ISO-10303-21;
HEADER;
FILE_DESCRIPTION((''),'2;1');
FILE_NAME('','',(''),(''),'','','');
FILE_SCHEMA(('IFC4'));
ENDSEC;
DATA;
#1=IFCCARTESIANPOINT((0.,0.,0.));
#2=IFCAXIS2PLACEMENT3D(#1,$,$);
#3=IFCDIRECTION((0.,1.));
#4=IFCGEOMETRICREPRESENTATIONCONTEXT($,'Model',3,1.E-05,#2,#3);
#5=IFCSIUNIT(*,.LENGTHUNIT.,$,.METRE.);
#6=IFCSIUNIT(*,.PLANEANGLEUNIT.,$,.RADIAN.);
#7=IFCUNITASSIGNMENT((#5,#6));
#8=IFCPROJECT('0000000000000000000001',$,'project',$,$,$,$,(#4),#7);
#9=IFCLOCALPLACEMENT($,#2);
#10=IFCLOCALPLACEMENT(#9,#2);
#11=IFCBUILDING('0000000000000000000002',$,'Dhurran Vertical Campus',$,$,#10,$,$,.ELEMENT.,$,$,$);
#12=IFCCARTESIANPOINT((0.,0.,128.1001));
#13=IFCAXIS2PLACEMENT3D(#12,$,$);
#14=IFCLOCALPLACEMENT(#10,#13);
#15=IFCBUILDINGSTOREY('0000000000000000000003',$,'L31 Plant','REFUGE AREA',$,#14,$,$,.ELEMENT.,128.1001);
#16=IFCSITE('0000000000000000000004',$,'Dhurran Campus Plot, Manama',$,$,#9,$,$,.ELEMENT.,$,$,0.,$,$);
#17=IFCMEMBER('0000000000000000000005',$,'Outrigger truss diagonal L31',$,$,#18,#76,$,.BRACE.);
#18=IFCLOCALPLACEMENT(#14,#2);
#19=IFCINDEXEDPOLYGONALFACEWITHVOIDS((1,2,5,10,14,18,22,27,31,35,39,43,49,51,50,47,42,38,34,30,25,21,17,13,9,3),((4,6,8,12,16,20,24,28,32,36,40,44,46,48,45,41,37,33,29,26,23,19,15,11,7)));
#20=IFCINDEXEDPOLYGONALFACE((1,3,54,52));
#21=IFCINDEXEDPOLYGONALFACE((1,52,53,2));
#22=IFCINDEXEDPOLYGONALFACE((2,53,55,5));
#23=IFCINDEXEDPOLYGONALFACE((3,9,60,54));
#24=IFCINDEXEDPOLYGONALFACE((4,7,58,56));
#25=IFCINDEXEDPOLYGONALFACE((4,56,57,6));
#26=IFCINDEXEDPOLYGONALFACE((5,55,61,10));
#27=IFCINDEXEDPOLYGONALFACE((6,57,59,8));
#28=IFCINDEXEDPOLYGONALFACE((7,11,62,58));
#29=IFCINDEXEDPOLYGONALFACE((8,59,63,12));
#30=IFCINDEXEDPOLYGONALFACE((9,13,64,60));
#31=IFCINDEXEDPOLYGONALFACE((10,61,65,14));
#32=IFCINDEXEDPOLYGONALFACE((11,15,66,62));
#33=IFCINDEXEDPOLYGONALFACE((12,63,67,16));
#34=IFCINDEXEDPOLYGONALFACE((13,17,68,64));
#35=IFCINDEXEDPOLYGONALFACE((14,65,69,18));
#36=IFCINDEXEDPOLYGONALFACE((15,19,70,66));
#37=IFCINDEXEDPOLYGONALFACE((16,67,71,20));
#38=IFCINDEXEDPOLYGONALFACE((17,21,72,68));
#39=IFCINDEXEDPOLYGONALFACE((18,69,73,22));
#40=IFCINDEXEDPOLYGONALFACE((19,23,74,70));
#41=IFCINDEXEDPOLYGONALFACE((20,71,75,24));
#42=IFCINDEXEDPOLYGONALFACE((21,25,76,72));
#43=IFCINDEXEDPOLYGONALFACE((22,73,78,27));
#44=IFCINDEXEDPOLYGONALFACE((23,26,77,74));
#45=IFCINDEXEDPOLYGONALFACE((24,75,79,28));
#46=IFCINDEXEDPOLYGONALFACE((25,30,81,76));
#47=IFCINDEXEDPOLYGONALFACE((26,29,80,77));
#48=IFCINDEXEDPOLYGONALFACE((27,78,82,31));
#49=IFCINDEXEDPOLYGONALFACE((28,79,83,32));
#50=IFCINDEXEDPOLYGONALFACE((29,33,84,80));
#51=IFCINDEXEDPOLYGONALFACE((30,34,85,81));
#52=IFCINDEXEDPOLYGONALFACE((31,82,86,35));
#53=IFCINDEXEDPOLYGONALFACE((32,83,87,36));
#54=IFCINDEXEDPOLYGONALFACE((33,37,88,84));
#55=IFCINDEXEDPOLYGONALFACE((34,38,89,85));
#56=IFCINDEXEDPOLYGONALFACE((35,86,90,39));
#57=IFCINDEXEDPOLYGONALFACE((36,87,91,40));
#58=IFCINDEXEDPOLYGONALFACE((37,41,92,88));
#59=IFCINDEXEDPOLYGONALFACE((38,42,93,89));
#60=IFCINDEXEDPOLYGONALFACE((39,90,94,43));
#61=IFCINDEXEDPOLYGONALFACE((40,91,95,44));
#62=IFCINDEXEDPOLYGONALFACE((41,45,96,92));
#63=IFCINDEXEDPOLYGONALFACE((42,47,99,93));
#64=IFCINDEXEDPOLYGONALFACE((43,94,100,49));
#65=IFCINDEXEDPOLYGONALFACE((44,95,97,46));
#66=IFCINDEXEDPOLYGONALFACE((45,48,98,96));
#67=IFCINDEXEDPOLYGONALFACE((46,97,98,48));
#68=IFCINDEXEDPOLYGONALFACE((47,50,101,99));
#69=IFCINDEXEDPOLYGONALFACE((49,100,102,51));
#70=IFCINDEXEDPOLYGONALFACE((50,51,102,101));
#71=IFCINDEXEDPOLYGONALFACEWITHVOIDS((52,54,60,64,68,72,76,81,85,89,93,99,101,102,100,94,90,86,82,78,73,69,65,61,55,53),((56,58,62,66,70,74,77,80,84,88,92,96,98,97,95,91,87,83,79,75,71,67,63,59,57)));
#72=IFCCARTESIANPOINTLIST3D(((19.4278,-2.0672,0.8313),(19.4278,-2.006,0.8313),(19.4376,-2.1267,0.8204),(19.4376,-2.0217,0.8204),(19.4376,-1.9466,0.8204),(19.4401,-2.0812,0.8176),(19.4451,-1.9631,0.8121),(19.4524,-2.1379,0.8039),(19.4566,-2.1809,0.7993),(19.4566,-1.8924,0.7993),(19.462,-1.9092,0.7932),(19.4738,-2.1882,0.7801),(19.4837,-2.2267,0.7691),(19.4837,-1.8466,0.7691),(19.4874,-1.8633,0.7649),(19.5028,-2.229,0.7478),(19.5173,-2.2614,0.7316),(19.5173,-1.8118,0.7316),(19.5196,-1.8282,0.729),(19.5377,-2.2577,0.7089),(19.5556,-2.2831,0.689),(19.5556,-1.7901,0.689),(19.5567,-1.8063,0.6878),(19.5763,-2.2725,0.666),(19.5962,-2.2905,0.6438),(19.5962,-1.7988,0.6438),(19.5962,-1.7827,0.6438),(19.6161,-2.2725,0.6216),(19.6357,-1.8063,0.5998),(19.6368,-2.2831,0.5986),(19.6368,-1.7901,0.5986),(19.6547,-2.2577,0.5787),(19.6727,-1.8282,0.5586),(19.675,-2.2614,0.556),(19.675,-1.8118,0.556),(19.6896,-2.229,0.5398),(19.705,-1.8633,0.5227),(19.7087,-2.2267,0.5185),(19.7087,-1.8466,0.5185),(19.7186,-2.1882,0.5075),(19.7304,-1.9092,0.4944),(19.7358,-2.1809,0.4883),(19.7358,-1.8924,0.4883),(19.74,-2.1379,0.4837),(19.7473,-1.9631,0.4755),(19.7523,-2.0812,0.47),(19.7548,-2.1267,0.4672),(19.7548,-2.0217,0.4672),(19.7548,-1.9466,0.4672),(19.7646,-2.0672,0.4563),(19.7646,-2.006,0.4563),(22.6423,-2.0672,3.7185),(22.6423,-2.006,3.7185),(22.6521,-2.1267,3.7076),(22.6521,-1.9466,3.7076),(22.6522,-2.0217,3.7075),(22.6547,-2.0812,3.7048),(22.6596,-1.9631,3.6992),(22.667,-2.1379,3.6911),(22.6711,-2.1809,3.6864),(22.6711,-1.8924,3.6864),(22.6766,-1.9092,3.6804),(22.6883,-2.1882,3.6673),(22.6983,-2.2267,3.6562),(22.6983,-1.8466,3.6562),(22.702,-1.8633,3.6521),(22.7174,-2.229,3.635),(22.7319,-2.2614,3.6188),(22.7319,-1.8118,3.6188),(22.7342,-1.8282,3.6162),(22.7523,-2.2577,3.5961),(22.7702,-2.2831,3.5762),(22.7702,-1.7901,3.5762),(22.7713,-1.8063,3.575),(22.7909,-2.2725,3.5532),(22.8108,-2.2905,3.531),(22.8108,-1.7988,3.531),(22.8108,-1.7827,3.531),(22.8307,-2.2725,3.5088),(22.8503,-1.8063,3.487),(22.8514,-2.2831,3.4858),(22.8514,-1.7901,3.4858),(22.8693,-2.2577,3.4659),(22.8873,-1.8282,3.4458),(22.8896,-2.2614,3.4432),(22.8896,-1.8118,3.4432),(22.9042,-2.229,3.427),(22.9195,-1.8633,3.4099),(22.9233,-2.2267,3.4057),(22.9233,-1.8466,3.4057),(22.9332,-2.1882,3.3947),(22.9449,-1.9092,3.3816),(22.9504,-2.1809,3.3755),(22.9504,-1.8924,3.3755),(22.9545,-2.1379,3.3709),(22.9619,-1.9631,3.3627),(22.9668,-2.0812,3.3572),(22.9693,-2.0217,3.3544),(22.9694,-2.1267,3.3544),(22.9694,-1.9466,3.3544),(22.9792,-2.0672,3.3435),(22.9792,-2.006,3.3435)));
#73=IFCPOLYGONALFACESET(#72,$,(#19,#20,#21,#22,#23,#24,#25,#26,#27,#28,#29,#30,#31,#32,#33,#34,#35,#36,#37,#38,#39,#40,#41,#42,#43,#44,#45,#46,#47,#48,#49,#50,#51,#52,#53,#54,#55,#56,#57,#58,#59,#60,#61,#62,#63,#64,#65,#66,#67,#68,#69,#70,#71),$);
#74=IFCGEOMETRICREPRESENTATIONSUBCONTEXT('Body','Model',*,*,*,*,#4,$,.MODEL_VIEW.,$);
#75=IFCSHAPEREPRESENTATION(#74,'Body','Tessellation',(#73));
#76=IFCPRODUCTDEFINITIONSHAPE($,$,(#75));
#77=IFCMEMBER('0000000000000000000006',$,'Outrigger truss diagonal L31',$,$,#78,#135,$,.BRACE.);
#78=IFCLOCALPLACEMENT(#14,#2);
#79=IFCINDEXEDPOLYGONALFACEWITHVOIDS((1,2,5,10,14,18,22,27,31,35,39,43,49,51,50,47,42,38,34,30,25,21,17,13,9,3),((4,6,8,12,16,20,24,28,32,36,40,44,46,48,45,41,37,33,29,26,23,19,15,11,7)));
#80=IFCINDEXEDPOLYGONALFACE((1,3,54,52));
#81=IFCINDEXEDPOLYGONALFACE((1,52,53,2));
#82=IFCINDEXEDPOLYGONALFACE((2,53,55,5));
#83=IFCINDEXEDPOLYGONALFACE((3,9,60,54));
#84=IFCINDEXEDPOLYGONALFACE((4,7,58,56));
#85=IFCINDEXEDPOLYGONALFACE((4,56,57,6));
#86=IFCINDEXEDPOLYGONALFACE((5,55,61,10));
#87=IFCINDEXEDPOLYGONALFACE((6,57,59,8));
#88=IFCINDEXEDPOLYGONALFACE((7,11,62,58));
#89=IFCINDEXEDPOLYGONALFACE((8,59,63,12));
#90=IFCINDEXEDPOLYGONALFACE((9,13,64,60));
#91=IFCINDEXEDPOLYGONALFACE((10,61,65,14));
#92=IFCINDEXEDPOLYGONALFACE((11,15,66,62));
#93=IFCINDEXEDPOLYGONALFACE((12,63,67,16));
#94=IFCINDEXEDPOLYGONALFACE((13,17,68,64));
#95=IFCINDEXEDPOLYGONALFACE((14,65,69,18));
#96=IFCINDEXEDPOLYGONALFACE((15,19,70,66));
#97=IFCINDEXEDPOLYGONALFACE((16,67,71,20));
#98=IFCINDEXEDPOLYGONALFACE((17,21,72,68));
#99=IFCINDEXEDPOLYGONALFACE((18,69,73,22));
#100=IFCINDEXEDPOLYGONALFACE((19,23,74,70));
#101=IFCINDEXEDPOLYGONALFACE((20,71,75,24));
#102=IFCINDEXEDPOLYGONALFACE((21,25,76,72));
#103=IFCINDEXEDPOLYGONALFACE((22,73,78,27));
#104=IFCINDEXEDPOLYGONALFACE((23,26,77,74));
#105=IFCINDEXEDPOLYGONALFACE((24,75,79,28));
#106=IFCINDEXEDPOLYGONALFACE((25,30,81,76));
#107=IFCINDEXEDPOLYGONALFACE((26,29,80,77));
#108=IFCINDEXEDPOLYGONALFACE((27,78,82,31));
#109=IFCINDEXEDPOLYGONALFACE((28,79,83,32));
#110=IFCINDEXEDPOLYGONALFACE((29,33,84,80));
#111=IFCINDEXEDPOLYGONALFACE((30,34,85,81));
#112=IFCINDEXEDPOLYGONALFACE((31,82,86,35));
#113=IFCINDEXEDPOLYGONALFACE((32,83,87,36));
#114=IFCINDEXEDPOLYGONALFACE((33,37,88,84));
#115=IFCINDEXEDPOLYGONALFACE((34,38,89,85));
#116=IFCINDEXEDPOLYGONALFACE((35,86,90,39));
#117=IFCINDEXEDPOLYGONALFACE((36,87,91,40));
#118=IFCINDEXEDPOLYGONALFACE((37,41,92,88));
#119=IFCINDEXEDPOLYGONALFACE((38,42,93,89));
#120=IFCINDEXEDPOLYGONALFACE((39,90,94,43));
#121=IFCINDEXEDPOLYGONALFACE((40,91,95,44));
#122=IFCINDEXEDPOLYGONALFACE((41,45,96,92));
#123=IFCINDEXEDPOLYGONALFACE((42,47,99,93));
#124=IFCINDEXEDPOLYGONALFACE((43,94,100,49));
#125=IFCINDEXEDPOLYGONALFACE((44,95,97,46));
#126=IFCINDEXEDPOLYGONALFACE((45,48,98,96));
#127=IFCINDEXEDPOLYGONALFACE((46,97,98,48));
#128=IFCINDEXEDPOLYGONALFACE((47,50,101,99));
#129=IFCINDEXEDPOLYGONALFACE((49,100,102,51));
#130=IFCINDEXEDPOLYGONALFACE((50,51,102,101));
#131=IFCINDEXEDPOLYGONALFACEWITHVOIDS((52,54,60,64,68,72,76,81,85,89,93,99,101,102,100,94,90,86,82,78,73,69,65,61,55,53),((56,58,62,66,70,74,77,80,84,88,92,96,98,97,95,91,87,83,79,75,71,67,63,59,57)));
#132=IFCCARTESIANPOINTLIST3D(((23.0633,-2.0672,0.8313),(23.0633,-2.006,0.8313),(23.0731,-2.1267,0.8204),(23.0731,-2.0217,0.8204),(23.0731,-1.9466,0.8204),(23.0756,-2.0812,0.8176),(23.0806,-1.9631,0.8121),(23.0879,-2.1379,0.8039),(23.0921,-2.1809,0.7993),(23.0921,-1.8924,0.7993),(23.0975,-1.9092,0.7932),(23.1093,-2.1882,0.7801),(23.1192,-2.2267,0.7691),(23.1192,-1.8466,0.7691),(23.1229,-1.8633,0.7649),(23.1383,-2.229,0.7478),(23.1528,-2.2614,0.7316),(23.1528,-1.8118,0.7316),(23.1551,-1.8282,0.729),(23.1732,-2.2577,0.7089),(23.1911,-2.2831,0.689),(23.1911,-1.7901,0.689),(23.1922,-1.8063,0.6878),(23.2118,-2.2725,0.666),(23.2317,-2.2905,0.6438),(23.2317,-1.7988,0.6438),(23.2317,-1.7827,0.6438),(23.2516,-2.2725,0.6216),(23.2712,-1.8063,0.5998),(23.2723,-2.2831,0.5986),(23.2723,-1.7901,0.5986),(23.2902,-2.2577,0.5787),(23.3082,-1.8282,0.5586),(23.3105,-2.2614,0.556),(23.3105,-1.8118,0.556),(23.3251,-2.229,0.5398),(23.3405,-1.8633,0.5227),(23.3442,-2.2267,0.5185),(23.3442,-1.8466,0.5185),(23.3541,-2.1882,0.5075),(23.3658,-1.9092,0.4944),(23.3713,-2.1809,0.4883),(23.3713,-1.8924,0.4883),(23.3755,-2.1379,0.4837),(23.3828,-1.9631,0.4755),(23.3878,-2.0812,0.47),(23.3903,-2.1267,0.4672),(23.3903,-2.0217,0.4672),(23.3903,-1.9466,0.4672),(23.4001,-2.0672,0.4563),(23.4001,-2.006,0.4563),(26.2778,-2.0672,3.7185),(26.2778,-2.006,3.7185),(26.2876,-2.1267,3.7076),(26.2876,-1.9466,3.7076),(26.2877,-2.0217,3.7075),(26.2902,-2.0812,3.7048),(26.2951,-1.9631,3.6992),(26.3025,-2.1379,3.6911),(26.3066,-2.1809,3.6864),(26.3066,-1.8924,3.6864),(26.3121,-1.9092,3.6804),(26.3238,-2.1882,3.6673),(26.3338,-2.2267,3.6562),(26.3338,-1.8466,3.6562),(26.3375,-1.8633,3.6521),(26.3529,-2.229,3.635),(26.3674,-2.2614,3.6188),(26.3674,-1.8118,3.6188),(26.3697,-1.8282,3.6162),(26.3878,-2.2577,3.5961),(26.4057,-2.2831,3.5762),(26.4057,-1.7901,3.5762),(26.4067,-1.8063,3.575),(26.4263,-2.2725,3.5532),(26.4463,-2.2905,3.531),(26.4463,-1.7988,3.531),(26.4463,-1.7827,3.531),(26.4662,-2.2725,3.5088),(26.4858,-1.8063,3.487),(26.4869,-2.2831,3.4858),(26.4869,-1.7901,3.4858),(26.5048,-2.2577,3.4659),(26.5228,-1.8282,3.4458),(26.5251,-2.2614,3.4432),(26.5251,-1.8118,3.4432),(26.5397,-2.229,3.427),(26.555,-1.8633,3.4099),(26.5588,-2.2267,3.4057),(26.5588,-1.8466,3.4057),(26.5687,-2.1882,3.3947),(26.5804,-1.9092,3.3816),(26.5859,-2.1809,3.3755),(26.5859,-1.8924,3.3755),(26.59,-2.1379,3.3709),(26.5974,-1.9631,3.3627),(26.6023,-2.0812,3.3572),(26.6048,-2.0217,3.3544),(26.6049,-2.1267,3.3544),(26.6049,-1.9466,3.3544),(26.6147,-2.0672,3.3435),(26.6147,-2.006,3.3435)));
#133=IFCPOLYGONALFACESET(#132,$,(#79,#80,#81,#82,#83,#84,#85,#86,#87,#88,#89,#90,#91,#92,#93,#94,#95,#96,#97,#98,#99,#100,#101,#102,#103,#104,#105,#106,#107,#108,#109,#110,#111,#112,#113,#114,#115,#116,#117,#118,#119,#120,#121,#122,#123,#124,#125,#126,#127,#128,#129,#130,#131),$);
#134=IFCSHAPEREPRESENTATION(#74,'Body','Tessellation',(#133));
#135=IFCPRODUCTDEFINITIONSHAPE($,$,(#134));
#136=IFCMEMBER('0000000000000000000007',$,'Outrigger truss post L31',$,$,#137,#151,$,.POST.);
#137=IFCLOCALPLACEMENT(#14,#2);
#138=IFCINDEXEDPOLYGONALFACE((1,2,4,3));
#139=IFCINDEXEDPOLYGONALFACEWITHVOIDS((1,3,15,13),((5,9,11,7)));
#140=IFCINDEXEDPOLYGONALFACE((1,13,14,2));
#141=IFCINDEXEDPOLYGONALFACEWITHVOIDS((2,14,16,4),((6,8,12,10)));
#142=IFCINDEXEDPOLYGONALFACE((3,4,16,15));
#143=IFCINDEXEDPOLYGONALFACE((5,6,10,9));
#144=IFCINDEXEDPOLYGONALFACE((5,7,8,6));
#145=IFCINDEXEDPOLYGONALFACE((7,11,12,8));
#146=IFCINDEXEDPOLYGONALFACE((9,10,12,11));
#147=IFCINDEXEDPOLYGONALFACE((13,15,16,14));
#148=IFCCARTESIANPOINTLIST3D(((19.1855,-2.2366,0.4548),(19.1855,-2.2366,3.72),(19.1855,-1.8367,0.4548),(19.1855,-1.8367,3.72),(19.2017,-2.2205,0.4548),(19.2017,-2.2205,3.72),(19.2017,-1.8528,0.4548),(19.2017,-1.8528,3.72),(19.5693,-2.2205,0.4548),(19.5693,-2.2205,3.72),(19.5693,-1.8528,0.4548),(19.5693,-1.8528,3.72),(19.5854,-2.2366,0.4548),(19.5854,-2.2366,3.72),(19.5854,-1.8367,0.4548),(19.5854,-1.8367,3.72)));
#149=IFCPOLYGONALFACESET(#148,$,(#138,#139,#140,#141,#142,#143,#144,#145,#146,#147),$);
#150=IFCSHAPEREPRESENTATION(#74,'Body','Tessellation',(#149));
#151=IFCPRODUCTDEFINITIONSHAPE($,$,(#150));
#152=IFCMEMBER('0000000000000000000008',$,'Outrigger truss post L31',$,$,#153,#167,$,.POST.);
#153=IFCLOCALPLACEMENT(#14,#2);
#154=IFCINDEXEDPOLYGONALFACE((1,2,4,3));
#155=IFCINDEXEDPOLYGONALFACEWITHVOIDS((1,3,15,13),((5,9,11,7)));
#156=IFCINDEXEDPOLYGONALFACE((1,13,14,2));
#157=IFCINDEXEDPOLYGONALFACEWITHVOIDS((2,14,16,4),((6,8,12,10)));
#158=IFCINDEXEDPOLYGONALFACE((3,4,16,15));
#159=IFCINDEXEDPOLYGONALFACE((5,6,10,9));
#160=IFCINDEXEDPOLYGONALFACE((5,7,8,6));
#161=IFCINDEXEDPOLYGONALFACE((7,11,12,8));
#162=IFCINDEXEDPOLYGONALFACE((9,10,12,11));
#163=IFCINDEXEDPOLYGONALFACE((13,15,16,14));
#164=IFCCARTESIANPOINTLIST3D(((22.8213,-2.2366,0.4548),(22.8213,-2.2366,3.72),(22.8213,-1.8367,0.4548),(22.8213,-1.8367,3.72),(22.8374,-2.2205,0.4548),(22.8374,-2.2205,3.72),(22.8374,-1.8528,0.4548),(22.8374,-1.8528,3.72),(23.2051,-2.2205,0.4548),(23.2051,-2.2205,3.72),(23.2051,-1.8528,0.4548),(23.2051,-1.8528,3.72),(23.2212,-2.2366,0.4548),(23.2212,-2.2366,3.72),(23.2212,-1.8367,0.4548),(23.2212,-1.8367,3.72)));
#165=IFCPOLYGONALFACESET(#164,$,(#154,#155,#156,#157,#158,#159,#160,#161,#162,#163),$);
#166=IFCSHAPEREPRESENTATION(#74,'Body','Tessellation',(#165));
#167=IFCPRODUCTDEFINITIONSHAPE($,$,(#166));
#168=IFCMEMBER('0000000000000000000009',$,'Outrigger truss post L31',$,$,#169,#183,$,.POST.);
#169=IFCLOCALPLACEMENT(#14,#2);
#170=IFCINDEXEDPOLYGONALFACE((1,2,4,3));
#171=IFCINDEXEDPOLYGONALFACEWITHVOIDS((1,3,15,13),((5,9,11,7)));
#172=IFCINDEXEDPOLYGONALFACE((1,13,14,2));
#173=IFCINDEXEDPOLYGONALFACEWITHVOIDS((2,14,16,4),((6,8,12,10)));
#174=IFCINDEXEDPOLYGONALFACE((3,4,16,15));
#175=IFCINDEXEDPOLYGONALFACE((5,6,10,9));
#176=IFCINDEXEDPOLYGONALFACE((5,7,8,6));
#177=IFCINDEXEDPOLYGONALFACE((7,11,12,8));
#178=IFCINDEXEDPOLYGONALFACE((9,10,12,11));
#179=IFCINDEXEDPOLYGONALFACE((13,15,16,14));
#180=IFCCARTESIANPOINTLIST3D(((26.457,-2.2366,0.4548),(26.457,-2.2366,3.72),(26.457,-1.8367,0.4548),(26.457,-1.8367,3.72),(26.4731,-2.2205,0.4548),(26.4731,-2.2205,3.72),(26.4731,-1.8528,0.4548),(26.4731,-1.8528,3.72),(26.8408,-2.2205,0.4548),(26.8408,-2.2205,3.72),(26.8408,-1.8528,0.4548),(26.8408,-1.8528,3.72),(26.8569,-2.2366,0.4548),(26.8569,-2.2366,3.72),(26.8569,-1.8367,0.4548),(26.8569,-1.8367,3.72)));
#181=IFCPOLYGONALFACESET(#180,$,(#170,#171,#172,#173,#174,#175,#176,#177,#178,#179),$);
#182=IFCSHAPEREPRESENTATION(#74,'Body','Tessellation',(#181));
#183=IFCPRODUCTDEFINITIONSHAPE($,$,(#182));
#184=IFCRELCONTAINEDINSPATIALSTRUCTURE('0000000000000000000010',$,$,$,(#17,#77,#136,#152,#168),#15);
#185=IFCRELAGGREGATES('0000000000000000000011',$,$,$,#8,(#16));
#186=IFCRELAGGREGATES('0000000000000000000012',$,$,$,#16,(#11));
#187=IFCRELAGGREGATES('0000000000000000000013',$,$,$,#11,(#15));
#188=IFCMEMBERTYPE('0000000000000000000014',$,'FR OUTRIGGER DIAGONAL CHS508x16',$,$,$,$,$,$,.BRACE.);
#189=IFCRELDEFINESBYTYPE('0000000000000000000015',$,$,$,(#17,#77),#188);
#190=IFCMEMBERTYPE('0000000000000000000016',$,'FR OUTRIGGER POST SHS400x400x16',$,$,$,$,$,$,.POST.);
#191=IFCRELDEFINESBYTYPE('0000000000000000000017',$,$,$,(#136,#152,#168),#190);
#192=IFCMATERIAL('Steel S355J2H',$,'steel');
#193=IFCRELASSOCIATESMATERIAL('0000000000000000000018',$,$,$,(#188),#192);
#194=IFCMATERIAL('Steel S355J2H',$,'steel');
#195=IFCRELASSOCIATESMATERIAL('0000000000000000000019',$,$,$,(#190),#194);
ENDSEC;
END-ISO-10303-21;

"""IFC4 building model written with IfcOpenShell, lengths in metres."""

from ifc_helpers import new_model, si_unit, direction, frame, origin, origin_2d, place, context, subcontext, project, spatial, hollow_rectangle, hollow_circle, extrude, material, material_profile, profile_set, type_object, element, save


model = new_model("IFC4")

# Units and contexts
model_context = context("Model", 3, precision=1e-05, world=origin(), true_north=direction((0.0, 1.0)))
body_context = subcontext(model_context, "Body", "Model", "MODEL_VIEW")
ifc_project = project(units=[si_unit("LENGTHUNIT", "METRE"), si_unit("PLANEANGLEUNIT", "RADIAN")], contexts=[model_context])

# Site, building, storey
site_placement = place(None, origin())
site = spatial("IfcSite", under=ifc_project, at=site_placement, Name="Dhurran Campus Plot, Manama", CompositionType="ELEMENT", RefElevation=0.0)
building_placement = place(site_placement, origin())
building = spatial("IfcBuilding", under=site, at=building_placement, Name="Dhurran Vertical Campus", CompositionType="ELEMENT")
storey_placement = place(building_placement, frame((0.0, 0.0, 128.1001)))
storey = spatial("IfcBuildingStorey", under=building, at=storey_placement, Name="L31 Plant", Description="REFUGE AREA", CompositionType="ELEMENT", Elevation=128.1001)

# Members
ifc_material_1 = material(Name="Steel S355J2H", Category="steel")
ifc_material_profile_1 = material_profile(ifc_material_1, hollow_circle(Radius=0.2539, WallThickness=0.0161, at=origin_2d()), Name="CHS508x16")
ifc_profile_set_1 = profile_set([ifc_material_profile_1], Name="Steel S355J2H")
member_type_1 = type_object("IfcMemberType", Name="FR OUTRIGGER DIAGONAL CHS508x16", PredefinedType="BRACE", material=ifc_profile_set_1)
for number, where, z_axis, x_axis, name in (
    (1, (19.5962, -2.0366, 0.6438), (0.743976, 0.0, 0.668206), (0.0, 1.0, 0.0), "Outrigger truss diagonal L31"),
    (2, (23.2317, -2.0366, 0.6438), (0.743976, 0.0, 0.668206), (0.0, 1.0, 0.0), "Outrigger truss diagonal L31"),
):
    element("IfcMember", number, at=place(storey_placement, frame(where, z_axis=z_axis, x_axis=x_axis)), inside=storey, type_object=member_type_1, Name=name, PredefinedType="BRACE", context=body_context, shape_type="SweptSolid", body=[
        extrude(hollow_circle(Radius=0.2539, WallThickness=0.0161, at=origin_2d()), origin(), (0.0, 0.0, 1.0), 4.3208),
    ])
ifc_material_2 = material(Name="Steel S355J2H", Category="steel")
ifc_material_profile_2 = material_profile(ifc_material_2, hollow_rectangle(XDim=0.3999, YDim=0.3999, WallThickness=0.0161, at=origin_2d()), Name="SHS400x400x16")
ifc_profile_set_2 = profile_set([ifc_material_profile_2], Name="Steel S355J2H")
member_type_2 = type_object("IfcMemberType", Name="FR OUTRIGGER POST SHS400x400x16", PredefinedType="POST", material=ifc_profile_set_2)
for number, where, z_axis, x_axis, name in (
    (3, (19.3855, -2.0366, 0.4548), (0.0, 0.0, 1.0), (1.0, 0.0, 0.0), "Outrigger truss post L31"),
    (4, (23.0212, -2.0366, 0.4548), (0.0, 0.0, 1.0), (1.0, 0.0, 0.0), "Outrigger truss post L31"),
    (5, (26.657, -2.0366, 0.4548), (0.0, 0.0, 1.0), (1.0, 0.0, 0.0), "Outrigger truss post L31"),
):
    element("IfcMember", number, at=place(storey_placement, frame(where, z_axis=z_axis, x_axis=x_axis)), inside=storey, type_object=member_type_2, Name=name, PredefinedType="POST", context=body_context, shape_type="SweptSolid", body=[
        extrude(hollow_rectangle(XDim=0.3999, YDim=0.3999, WallThickness=0.0161, at=origin_2d()), origin(), (0.0, 0.0, 1.0), 3.2651),
    ])

save(model, "model.ifc")
